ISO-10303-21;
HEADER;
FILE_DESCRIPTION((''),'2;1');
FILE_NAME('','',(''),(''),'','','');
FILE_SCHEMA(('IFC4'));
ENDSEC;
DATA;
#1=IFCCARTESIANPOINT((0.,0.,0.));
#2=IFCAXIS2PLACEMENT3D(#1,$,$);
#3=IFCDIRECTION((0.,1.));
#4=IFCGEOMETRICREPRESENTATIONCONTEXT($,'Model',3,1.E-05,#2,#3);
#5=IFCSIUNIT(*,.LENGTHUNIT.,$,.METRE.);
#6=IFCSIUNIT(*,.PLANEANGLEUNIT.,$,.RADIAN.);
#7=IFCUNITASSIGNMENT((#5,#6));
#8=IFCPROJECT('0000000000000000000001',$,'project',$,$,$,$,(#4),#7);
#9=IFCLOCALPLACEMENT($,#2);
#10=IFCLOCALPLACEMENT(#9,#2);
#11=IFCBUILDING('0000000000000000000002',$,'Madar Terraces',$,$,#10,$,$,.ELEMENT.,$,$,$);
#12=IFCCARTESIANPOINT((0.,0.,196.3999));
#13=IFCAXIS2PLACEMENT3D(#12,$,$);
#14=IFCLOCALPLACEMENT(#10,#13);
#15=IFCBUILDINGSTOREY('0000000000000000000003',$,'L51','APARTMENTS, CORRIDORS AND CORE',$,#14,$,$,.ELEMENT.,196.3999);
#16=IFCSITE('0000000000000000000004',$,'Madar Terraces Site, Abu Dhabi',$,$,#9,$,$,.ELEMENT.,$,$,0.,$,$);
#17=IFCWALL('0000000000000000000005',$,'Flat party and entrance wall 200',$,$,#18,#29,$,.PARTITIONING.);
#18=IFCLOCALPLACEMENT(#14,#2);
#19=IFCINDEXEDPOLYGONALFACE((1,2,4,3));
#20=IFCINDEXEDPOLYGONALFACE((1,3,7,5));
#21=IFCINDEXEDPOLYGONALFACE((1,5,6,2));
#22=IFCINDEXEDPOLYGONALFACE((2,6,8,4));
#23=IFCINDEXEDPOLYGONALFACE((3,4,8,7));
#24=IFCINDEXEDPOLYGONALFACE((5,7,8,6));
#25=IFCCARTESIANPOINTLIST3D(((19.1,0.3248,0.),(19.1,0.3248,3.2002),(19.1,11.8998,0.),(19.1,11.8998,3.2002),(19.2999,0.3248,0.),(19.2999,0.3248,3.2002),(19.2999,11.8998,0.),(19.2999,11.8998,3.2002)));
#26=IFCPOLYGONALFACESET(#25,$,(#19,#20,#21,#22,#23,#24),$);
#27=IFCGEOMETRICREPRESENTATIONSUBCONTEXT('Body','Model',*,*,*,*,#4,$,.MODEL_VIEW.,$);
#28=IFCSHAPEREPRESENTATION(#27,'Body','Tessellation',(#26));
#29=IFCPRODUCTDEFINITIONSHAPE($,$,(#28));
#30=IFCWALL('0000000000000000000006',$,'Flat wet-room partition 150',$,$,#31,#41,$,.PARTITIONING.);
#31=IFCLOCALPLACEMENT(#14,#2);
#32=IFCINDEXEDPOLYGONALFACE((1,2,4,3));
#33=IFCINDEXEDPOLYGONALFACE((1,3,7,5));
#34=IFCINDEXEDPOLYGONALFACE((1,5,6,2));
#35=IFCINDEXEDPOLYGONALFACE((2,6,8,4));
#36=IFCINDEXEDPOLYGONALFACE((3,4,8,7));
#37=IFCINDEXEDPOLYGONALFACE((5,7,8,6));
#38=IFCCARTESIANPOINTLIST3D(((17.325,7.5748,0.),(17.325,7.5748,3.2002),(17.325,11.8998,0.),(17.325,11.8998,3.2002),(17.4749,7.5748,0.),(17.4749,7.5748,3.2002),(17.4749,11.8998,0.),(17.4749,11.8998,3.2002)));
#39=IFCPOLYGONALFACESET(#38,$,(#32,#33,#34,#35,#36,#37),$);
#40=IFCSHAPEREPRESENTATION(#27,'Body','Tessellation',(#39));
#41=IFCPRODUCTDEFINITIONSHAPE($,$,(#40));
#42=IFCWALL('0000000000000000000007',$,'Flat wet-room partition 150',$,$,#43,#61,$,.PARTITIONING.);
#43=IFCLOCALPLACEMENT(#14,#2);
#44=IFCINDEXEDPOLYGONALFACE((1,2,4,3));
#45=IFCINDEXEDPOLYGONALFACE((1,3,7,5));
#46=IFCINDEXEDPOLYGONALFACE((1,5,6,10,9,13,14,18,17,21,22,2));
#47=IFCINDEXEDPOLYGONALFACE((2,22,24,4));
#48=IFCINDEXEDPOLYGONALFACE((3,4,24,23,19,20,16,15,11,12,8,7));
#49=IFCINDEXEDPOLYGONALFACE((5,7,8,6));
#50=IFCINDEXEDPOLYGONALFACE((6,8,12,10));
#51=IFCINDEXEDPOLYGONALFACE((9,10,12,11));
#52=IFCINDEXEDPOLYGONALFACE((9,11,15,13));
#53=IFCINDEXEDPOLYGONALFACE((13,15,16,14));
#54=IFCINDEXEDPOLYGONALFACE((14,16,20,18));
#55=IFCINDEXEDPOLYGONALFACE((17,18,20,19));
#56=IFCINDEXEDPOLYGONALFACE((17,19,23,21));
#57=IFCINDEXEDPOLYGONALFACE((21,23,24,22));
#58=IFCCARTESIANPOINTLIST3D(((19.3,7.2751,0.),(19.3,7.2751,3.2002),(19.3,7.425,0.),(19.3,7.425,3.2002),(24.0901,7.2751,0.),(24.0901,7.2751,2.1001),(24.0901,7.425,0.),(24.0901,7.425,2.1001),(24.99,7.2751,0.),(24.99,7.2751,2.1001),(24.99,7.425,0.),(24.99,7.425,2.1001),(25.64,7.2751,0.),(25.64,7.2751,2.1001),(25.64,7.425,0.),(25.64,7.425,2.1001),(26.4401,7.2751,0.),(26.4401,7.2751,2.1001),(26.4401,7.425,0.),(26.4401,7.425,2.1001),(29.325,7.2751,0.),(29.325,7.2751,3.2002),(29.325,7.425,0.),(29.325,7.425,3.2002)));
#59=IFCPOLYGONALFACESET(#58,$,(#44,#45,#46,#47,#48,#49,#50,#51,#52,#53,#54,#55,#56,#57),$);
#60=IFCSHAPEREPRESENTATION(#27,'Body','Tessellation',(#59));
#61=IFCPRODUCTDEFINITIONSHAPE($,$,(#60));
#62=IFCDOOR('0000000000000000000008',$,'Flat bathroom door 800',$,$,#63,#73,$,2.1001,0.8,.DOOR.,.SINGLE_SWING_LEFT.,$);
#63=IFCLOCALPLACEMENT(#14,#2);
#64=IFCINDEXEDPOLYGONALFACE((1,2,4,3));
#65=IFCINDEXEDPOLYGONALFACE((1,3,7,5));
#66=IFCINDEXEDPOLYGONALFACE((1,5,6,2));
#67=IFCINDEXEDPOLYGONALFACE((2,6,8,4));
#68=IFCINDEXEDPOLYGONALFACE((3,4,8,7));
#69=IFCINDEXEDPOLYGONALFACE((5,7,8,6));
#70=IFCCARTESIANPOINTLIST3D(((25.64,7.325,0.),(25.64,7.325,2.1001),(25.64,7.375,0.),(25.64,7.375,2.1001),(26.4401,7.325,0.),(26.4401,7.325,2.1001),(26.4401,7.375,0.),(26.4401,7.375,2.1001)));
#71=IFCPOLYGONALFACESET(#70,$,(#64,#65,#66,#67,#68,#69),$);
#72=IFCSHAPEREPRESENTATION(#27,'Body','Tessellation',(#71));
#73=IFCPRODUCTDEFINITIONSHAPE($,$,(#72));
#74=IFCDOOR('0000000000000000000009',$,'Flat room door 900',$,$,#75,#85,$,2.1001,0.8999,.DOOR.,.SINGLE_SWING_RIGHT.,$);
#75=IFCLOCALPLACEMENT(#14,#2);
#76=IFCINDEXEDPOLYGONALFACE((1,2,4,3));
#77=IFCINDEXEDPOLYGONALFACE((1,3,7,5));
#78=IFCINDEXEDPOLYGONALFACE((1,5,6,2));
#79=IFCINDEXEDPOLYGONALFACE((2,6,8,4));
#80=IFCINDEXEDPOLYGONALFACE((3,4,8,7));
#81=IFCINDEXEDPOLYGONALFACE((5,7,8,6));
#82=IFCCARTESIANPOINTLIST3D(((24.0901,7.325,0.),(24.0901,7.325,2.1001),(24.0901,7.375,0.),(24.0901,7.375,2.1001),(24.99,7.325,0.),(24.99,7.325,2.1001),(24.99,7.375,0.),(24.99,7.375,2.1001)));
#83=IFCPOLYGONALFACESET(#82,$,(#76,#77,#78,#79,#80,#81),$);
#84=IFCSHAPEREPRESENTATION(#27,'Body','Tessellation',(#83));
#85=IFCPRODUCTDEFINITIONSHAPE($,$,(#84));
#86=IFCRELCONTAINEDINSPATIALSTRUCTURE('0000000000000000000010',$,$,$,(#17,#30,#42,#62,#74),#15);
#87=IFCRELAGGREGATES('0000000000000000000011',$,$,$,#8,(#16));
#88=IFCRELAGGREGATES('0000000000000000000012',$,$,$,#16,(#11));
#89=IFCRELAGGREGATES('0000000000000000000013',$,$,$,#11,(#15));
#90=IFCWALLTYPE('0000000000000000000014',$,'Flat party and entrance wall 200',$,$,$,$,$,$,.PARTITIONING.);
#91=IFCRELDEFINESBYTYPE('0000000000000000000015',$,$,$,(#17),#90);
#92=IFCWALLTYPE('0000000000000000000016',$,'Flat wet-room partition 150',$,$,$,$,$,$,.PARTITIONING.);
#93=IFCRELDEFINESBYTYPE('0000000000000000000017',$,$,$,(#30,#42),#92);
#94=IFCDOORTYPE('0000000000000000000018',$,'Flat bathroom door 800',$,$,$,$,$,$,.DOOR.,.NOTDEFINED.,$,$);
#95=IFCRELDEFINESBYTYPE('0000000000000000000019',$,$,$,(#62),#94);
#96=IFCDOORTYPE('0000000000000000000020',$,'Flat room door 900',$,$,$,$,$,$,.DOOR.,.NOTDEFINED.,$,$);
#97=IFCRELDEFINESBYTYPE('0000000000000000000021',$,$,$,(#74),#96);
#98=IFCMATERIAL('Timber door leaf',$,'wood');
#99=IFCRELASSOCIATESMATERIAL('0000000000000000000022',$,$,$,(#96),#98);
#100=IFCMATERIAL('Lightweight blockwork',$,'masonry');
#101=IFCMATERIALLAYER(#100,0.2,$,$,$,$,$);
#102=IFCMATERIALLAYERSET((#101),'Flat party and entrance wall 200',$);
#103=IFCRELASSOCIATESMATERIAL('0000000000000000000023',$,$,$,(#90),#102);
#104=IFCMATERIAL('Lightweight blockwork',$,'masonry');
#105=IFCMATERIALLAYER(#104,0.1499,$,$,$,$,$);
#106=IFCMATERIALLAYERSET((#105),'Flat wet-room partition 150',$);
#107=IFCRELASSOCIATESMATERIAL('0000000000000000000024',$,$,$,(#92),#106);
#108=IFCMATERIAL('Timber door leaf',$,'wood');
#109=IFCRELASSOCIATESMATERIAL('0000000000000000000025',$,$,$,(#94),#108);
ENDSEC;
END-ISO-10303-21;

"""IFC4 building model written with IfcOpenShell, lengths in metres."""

from ifc_helpers import new_model, si_unit, direction, frame, frame_2d, origin, place, context, subcontext, project, spatial, rectangle, extrude, material, layer, layer_set, type_object, element, fill, save


model = new_model("IFC4")

# Units and contexts
model_context = context("Model", 3, precision=1e-05, world=origin(), true_north=direction((0.0, 1.0)))
body_context = subcontext(model_context, "Body", "Model", "MODEL_VIEW")
ifc_project = project(units=[si_unit("LENGTHUNIT", "METRE"), si_unit("PLANEANGLEUNIT", "RADIAN")], contexts=[model_context])

# Site, building, storey
site_placement = place(None, origin())
site = spatial("IfcSite", under=ifc_project, at=site_placement, Name="Madar Terraces Site, Abu Dhabi", CompositionType="ELEMENT", RefElevation=0.0)
building_placement = place(site_placement, origin())
building = spatial("IfcBuilding", under=site, at=building_placement, Name="Madar Terraces", CompositionType="ELEMENT")
storey_placement = place(building_placement, frame((0.0, 0.0, 196.3999)))
storey = spatial("IfcBuildingStorey", under=building, at=storey_placement, Name="L51", Description="APARTMENTS, CORRIDORS AND CORE", CompositionType="ELEMENT", Elevation=196.3999)

# Shared definitions
ifc_material_1 = material(Name="Timber door leaf", Category="wood")
door_type_1 = type_object("IfcDoorType", Name="Flat room door 900", OperationType="NOTDEFINED", PredefinedType="DOOR", material=ifc_material_1)

# Walls
ifc_material_2 = material(Name="Lightweight blockwork", Category="masonry")
ifc_layer_1 = layer(ifc_material_2, 0.2)
ifc_layer_set_1 = layer_set([ifc_layer_1], Name="Flat party and entrance wall 200")
wall_type_1 = type_object("IfcWallType", Name="Flat party and entrance wall 200", PredefinedType="PARTITIONING", material=ifc_layer_set_1)
wall_1_placement = place(storey_placement, frame((19.2, 11.8999, 0.0), z_axis=(0.0, 0.0, 1.0), x_axis=(0.0, -1.0, 0.0)))
element("IfcWall", 1, at=wall_1_placement, inside=storey, type_object=wall_type_1, Name="Flat party and entrance wall 200", PredefinedType="PARTITIONING", context=body_context, shape_type="SweptSolid", body=[
    extrude(rectangle(XDim=11.575, YDim=0.2, at=frame_2d((5.7876, 0.0))), origin(), (0.0, 0.0, 1.0), 3.2002),
])
ifc_material_3 = material(Name="Lightweight blockwork", Category="masonry")
ifc_layer_2 = layer(ifc_material_3, 0.1499)
ifc_layer_set_2 = layer_set([ifc_layer_2], Name="Flat wet-room partition 150")
wall_type_2 = type_object("IfcWallType", Name="Flat wet-room partition 150", PredefinedType="PARTITIONING", material=ifc_layer_set_2)
wall_2_placement = place(storey_placement, frame((17.3999, 11.8999, 0.0), z_axis=(0.0, 0.0, 1.0), x_axis=(0.0, -1.0, 0.0)))
element("IfcWall", 2, at=wall_2_placement, inside=storey, type_object=wall_type_2, Name="Flat wet-room partition 150", PredefinedType="PARTITIONING", context=body_context, shape_type="SweptSolid", body=[
    extrude(rectangle(XDim=4.325, YDim=0.1499, at=frame_2d((2.1626, 0.0))), origin(), (0.0, 0.0, 1.0), 3.2002),
])

# Wall, openings, doors
wall_3_placement = place(storey_placement, frame((19.3, 7.3501, 0.0), z_axis=(0.0, 0.0, 1.0), x_axis=(1.0, 0.0, 0.0)))
wall_3 = element("IfcWall", 3, at=wall_3_placement, inside=storey, type_object=wall_type_2, Name="Flat wet-room partition 150", PredefinedType="PARTITIONING", context=body_context, shape_type="SweptSolid", body=[
    extrude(rectangle(XDim=10.0249, YDim=0.1499, at=frame_2d((5.0125, 0.0))), origin(), (0.0, 0.0, 1.0), 3.2002),
])
opening_1_placement = place(wall_3_placement, frame((6.3401, 0.0, 0.0)))
opening_1 = element("IfcOpeningElement", 4, at=opening_1_placement, cuts=wall_3, PredefinedType="OPENING", context=body_context, shape_type="SweptSolid", body=[
    extrude(rectangle(XDim=0.8, YDim=2.1001, at=frame_2d((0.3999, 1.05))), frame((0.0, 0.085, 0.0), z_axis=(0.0, -1.0, 0.0), x_axis=(1.0, 0.0, 0.0)), (0.0, 0.0, 1.0), 0.1699),
])
opening_2_placement = place(wall_3_placement, frame((4.79, 0.0, 0.0)))
opening_2 = element("IfcOpeningElement", 5, at=opening_2_placement, cuts=wall_3, PredefinedType="OPENING", context=body_context, shape_type="SweptSolid", body=[
    extrude(rectangle(XDim=0.8999, YDim=2.1001, at=frame_2d((0.45, 1.05))), frame((0.0, 0.085, 0.0), z_axis=(0.0, -1.0, 0.0), x_axis=(1.0, 0.0, 0.0)), (0.0, 0.0, 1.0), 0.1699),
])
ifc_material_4 = material(Name="Timber door leaf", Category="wood")
door_type_2 = type_object("IfcDoorType", Name="Flat bathroom door 800", OperationType="NOTDEFINED", PredefinedType="DOOR", material=ifc_material_4)
door_1_placement = place(opening_1_placement, origin())
door_1 = element("IfcDoor", 6, at=door_1_placement, inside=storey, type_object=door_type_2, Name="Flat bathroom door 800", OperationType="SINGLE_SWING_LEFT", OverallHeight=2.1001, OverallWidth=0.8, PredefinedType="DOOR", context=body_context, shape_type="SweptSolid", body=[
    extrude(rectangle(XDim=0.8, YDim=2.1001, at=frame_2d((0.3999, 1.05))), frame((0.0, 0.0249, 0.0), z_axis=(0.0, -1.0, 0.0), x_axis=(1.0, 0.0, 0.0)), (0.0, 0.0, 1.0), 0.05),
])
fill(opening_1, door_1)
door_2_placement = place(opening_2_placement, origin())
door_2 = element("IfcDoor", 7, at=door_2_placement, inside=storey, type_object=door_type_1, Name="Flat room door 900", OperationType="SINGLE_SWING_RIGHT", OverallHeight=2.1001, OverallWidth=0.8999, PredefinedType="DOOR", context=body_context, shape_type="SweptSolid", body=[
    extrude(rectangle(XDim=0.8999, YDim=2.1001, at=frame_2d((0.45, 1.05))), frame((0.0, 0.0249, 0.0), z_axis=(0.0, -1.0, 0.0), x_axis=(1.0, 0.0, 0.0)), (0.0, 0.0, 1.0), 0.05),
])
fill(opening_2, door_2)

save(model, "model.ifc")
